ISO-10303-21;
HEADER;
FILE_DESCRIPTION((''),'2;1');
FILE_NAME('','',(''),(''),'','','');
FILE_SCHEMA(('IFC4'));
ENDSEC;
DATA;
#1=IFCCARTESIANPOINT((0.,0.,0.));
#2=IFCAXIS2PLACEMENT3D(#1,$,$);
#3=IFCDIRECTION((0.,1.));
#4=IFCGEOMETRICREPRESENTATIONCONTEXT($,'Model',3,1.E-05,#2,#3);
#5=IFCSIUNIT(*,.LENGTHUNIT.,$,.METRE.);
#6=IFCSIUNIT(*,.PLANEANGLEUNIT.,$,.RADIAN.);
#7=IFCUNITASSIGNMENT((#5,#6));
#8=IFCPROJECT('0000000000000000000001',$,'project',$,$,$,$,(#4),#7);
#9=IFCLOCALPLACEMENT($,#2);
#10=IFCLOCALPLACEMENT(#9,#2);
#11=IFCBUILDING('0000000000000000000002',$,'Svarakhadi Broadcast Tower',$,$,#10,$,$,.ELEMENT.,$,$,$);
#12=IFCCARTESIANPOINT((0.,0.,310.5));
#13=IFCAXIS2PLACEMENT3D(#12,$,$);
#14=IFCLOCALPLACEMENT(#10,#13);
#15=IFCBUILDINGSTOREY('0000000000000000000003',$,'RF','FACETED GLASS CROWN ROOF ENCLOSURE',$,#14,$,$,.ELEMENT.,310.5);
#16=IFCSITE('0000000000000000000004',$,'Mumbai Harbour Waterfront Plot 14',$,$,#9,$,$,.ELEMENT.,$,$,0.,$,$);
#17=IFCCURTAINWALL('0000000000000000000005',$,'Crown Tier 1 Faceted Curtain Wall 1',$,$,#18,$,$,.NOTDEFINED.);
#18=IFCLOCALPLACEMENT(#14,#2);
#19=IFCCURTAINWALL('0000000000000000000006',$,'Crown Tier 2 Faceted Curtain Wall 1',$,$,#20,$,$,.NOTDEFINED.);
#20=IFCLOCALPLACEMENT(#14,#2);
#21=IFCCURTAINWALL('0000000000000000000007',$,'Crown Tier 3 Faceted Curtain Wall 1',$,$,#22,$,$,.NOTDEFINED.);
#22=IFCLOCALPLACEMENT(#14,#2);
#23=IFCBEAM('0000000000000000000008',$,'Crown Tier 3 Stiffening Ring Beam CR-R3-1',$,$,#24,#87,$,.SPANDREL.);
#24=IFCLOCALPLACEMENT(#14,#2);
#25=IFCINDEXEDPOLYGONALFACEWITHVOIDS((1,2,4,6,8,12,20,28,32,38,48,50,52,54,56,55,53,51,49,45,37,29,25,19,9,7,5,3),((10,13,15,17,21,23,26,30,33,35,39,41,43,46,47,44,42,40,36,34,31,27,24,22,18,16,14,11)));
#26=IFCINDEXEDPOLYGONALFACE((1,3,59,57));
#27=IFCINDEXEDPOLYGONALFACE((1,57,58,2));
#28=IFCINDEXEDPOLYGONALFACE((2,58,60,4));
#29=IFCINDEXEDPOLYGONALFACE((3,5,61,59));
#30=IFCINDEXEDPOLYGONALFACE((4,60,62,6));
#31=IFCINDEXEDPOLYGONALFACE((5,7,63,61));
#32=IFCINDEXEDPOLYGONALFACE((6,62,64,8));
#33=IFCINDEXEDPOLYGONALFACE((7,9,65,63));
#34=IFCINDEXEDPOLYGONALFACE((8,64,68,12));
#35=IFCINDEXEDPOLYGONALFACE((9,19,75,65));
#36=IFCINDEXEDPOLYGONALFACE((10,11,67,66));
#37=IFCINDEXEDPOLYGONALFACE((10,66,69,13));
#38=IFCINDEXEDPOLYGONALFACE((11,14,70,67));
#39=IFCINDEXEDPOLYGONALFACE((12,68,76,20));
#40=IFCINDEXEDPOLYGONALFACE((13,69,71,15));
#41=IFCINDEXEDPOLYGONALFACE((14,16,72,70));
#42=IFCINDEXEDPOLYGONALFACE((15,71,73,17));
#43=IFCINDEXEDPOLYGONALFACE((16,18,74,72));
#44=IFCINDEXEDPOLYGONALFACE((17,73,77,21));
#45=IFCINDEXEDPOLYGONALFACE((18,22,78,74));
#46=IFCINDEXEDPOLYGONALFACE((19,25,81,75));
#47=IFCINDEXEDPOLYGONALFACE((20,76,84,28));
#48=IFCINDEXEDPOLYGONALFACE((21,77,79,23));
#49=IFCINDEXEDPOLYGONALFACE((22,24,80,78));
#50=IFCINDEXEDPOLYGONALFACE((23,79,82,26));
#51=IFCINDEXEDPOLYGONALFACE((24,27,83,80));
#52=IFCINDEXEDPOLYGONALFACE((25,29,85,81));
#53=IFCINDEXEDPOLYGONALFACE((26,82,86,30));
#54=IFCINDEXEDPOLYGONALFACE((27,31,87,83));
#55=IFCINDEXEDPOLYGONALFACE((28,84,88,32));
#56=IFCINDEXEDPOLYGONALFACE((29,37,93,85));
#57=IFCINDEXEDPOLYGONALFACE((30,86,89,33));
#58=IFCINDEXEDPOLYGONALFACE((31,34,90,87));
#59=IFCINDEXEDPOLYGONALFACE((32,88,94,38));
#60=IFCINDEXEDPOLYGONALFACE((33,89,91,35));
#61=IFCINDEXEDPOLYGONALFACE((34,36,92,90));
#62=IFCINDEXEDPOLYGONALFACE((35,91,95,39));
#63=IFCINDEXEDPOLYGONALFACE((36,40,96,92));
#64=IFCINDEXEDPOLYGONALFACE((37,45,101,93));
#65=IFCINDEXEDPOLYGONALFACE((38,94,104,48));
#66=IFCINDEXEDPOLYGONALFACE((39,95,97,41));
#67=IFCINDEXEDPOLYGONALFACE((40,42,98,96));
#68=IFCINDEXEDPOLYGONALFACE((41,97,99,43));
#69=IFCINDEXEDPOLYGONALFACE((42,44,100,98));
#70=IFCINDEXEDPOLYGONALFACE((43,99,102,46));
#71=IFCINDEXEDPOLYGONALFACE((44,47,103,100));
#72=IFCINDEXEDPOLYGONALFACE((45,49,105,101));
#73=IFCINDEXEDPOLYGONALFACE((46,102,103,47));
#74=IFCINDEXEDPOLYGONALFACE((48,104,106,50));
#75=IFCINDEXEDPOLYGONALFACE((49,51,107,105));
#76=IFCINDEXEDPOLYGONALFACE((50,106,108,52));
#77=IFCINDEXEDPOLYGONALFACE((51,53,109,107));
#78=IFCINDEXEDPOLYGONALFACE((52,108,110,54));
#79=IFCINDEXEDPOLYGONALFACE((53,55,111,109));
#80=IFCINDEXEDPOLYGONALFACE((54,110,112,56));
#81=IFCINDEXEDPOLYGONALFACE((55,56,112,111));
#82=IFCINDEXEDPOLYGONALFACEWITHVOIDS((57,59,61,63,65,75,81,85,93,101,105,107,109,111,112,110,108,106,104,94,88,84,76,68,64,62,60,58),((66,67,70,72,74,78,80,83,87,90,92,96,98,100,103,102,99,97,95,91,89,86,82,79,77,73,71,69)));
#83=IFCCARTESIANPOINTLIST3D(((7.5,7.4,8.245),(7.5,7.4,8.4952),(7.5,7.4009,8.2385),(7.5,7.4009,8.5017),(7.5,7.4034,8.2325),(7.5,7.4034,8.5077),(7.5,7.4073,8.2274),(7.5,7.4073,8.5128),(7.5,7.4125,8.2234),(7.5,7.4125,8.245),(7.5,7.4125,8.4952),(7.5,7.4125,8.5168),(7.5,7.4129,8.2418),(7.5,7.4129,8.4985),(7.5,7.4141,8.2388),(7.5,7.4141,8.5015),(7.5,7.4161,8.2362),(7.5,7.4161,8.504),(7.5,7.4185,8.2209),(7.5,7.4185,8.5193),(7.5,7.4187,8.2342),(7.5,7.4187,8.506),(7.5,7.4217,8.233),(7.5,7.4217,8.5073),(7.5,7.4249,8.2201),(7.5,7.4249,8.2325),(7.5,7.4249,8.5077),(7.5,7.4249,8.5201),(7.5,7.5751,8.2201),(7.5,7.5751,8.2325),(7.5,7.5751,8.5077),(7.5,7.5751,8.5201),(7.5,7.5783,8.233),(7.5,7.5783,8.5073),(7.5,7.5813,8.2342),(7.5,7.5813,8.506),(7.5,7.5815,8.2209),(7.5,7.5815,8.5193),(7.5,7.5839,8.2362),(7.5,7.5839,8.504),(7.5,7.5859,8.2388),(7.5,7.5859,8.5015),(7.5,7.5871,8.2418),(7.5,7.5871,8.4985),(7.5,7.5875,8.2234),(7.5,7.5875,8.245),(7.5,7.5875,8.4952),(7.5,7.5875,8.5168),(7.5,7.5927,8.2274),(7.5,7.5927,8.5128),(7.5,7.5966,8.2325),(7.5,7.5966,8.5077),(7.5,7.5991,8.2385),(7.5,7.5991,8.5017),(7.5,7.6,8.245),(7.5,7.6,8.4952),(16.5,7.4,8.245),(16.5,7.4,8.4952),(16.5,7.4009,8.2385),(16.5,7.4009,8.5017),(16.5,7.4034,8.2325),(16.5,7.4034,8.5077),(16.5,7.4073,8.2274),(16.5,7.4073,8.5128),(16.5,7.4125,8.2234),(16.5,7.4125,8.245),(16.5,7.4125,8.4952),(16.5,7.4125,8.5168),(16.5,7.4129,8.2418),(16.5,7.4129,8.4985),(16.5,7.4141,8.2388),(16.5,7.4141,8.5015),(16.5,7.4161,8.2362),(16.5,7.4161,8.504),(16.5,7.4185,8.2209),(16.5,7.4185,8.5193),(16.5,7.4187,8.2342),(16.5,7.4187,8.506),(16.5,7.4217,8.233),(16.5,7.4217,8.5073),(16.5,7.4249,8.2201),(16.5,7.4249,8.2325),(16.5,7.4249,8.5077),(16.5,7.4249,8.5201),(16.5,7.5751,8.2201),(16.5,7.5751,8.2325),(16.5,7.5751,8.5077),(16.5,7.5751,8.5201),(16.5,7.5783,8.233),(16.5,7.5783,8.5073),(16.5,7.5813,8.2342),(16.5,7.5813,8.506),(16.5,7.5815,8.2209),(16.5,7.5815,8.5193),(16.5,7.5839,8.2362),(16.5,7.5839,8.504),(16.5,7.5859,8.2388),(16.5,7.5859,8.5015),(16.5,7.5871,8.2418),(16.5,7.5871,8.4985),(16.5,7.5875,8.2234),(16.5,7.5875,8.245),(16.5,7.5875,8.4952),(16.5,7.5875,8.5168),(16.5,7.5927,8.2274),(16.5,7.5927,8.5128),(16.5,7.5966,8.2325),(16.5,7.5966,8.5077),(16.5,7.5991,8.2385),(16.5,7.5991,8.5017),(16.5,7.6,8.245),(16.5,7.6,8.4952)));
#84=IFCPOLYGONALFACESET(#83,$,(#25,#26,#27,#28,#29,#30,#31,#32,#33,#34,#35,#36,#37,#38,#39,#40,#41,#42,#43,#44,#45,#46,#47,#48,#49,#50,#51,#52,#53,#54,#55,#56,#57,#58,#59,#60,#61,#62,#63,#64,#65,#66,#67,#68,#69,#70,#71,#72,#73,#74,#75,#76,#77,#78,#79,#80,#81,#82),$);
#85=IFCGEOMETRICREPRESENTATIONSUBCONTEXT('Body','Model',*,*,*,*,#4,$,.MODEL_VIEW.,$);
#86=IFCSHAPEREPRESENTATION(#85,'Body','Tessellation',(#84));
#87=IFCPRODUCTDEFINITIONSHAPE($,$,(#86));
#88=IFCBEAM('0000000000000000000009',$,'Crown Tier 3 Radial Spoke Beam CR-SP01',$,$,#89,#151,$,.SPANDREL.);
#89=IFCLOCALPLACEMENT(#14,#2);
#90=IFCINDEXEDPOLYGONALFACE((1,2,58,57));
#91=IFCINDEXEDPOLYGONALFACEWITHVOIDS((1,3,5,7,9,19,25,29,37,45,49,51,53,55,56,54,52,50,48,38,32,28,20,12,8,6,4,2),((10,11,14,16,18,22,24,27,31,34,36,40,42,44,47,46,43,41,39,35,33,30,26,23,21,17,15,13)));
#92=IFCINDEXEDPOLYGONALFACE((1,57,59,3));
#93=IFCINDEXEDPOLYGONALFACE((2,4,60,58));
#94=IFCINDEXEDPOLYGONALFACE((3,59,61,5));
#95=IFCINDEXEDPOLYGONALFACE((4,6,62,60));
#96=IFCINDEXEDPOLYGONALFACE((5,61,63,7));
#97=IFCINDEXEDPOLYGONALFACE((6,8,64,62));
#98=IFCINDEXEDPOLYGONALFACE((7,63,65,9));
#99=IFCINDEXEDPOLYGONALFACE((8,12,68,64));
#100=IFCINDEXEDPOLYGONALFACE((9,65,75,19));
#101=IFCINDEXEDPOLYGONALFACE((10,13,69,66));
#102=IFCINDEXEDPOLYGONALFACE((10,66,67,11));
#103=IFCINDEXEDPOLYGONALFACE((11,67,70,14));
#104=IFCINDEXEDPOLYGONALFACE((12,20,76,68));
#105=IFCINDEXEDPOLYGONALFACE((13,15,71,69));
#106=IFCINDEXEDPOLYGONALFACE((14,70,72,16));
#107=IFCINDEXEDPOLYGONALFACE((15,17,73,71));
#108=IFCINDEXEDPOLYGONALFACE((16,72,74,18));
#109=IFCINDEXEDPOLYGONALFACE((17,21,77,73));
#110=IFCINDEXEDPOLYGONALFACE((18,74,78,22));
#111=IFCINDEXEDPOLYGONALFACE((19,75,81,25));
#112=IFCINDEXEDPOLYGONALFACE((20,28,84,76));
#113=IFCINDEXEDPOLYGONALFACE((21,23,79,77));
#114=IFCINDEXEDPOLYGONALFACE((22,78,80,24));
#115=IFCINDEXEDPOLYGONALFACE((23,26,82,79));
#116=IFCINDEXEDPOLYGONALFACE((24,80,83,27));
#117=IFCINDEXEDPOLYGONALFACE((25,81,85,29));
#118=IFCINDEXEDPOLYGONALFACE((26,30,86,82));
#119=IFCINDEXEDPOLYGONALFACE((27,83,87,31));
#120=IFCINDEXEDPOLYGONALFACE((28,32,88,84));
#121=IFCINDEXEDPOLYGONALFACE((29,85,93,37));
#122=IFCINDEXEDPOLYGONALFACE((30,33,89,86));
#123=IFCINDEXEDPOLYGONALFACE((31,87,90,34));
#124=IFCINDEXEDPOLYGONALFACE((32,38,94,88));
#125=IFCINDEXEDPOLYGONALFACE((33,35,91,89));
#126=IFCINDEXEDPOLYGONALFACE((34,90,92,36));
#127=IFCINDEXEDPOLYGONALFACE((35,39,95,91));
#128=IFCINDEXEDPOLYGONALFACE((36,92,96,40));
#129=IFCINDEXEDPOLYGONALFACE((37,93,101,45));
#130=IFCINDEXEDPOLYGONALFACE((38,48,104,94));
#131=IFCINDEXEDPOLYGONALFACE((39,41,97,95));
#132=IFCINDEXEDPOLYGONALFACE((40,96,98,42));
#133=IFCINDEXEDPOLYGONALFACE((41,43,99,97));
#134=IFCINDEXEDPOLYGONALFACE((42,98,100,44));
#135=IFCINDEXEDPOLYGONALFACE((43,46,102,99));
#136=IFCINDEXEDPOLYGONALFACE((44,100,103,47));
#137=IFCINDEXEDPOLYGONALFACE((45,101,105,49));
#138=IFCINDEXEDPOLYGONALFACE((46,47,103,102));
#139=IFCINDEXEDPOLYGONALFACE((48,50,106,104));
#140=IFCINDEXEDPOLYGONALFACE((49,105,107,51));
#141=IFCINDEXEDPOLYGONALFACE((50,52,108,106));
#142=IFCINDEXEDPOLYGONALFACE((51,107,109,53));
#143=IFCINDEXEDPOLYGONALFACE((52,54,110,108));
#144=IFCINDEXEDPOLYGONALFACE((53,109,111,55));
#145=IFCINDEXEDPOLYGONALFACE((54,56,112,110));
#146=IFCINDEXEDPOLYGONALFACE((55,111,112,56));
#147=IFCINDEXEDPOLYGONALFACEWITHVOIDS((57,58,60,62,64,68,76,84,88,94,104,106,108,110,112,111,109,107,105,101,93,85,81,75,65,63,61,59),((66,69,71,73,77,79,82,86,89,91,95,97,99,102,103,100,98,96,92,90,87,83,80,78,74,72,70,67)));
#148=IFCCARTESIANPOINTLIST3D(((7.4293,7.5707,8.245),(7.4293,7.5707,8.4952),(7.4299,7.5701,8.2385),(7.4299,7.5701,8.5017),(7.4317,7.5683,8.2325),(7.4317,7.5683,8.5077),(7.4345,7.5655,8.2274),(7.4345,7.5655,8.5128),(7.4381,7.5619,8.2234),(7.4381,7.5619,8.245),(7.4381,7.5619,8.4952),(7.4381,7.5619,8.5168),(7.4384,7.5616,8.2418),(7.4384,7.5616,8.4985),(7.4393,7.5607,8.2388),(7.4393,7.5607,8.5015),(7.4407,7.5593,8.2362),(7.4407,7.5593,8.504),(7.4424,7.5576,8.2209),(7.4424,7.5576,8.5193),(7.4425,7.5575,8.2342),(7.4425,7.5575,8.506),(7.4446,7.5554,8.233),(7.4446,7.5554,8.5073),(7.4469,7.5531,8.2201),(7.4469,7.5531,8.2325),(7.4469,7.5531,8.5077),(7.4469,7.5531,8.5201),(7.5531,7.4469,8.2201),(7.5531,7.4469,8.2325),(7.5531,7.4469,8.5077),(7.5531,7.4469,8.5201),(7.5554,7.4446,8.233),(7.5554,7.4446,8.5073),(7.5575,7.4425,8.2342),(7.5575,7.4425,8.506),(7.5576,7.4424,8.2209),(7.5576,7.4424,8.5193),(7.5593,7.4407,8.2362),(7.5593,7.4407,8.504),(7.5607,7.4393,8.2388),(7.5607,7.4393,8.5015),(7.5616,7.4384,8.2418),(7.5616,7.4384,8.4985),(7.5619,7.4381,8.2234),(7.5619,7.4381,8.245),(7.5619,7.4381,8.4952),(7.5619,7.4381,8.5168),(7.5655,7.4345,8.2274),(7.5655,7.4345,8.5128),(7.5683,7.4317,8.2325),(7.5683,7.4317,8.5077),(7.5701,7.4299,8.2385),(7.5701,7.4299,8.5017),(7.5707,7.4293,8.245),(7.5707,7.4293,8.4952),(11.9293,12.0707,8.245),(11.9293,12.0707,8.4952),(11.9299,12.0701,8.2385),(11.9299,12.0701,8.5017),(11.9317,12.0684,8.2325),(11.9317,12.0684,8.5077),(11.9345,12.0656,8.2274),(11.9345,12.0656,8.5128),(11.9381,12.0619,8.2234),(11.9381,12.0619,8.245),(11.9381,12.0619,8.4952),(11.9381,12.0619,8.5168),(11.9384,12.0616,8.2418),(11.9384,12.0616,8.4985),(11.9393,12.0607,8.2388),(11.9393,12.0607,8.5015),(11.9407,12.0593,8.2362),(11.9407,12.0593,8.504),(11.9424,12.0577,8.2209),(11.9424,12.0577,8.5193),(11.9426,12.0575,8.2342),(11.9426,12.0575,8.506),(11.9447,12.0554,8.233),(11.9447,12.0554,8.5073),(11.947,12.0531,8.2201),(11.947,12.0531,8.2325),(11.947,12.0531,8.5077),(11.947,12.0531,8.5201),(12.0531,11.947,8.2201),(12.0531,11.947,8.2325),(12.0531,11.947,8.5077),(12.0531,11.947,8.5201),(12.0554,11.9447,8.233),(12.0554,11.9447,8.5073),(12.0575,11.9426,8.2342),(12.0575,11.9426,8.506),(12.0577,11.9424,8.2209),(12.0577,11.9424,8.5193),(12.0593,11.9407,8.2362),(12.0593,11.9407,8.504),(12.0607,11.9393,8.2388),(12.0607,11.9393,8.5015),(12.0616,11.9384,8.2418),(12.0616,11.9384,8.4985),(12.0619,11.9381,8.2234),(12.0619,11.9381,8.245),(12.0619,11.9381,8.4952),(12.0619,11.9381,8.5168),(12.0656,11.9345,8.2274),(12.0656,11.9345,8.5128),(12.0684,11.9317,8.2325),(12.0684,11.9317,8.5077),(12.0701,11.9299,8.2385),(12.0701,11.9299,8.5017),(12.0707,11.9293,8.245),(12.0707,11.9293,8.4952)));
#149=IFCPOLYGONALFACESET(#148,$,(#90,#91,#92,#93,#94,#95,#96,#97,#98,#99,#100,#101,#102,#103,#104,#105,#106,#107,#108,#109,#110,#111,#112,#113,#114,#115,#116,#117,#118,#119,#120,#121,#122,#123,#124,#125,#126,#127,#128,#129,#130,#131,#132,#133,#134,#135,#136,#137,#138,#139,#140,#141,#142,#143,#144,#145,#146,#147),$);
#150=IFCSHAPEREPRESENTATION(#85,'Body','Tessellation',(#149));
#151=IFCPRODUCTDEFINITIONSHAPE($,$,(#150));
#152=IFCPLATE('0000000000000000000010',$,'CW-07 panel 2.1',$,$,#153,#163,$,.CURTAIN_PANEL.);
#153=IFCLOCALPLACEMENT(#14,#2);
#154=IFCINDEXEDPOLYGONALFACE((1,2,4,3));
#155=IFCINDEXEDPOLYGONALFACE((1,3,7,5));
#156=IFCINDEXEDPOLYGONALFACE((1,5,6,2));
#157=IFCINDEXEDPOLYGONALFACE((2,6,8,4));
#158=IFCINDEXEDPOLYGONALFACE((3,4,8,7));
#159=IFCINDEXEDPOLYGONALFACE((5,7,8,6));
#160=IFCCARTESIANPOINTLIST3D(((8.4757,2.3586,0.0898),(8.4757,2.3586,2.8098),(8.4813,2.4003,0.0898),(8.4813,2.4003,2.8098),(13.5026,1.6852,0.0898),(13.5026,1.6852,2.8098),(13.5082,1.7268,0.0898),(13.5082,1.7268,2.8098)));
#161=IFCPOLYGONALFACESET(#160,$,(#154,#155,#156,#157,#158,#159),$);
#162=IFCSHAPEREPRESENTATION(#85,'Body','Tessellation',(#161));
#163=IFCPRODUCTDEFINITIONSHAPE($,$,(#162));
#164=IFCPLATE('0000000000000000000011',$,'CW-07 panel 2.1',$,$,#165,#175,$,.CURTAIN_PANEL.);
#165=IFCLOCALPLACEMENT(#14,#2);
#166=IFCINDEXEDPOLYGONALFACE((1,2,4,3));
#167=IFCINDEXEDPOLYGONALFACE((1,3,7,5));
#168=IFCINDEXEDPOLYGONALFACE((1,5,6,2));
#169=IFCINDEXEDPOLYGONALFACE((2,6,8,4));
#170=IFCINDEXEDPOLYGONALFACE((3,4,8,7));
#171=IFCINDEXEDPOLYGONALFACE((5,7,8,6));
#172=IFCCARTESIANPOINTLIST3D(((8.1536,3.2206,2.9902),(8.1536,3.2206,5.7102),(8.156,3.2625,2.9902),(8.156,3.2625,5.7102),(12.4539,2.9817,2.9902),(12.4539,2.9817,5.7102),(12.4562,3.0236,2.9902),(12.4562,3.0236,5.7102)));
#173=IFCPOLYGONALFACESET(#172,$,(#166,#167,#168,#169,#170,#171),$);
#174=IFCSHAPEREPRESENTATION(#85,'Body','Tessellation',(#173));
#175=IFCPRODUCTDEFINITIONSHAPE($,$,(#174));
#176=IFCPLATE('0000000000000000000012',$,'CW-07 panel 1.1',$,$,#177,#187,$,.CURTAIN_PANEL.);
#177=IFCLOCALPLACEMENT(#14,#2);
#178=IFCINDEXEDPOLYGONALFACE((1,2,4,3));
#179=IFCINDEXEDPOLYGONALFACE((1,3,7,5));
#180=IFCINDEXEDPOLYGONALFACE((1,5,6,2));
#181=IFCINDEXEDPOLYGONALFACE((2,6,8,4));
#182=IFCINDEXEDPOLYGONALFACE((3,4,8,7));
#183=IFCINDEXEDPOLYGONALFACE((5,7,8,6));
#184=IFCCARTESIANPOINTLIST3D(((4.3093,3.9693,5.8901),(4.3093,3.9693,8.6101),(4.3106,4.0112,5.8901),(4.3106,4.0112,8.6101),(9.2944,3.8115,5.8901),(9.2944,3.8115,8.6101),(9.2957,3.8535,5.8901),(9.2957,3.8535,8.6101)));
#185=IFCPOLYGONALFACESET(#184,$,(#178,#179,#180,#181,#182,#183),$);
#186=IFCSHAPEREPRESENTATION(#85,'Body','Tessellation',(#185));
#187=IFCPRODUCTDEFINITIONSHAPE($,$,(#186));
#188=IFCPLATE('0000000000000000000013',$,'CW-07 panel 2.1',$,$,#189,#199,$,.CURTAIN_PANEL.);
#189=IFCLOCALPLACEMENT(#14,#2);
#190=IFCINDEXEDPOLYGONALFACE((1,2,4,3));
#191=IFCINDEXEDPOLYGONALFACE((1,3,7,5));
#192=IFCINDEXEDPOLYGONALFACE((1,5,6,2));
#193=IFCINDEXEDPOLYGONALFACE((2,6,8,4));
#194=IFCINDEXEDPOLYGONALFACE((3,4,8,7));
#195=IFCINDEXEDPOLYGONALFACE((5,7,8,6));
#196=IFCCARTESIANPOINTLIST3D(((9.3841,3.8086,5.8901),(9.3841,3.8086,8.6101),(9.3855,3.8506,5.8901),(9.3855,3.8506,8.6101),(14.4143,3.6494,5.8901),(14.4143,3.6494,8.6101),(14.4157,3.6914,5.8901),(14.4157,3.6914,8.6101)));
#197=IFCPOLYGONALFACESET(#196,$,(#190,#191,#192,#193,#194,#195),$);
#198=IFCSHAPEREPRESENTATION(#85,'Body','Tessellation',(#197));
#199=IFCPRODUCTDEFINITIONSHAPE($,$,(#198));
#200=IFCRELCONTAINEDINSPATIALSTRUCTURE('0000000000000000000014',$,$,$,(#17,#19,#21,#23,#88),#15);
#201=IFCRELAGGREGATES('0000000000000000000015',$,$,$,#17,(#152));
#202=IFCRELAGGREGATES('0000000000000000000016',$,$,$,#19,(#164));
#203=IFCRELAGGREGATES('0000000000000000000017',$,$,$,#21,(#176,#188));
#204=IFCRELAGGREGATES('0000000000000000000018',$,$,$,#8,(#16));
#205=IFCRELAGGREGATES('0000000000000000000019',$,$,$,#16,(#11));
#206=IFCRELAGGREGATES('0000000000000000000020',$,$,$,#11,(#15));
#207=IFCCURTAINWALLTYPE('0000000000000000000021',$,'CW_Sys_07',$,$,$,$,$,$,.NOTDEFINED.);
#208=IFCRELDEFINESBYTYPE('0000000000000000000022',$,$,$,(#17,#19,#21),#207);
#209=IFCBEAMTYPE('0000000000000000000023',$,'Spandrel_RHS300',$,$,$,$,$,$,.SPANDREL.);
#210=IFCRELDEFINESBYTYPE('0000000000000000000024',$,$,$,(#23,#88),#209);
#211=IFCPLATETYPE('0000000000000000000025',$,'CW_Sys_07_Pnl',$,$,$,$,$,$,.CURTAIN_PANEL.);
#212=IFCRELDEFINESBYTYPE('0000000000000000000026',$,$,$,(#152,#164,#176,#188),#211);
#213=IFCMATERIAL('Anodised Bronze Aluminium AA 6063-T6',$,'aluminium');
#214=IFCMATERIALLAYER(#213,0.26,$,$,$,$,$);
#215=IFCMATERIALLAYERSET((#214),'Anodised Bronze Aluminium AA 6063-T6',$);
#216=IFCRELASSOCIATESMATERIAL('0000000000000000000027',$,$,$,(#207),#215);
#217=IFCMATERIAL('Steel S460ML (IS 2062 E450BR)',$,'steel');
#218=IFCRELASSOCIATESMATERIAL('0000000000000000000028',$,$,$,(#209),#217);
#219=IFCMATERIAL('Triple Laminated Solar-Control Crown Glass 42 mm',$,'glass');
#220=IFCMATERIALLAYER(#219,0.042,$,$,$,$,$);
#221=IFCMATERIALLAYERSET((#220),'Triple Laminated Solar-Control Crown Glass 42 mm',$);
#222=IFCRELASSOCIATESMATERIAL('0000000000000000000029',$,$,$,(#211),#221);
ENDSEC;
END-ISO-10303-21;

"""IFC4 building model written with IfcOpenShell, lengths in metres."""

from ifc_helpers import new_model, si_unit, direction, frame, origin, origin_2d, place, context, subcontext, project, spatial, rectangle, hollow_rectangle, extrude, material, layer, layer_set, material_profile, profile_set, type_object, element, aggregate, save


model = new_model("IFC4")

# Units and contexts
model_context = context("Model", 3, precision=1e-05, world=origin(), true_north=direction((0.0, 1.0)))
body_context = subcontext(model_context, "Body", "Model", "MODEL_VIEW")
ifc_project = project(units=[si_unit("LENGTHUNIT", "METRE"), si_unit("PLANEANGLEUNIT", "RADIAN")], contexts=[model_context])

# Site, building, storey
site_placement = place(None, origin())
site = spatial("IfcSite", under=ifc_project, at=site_placement, Name="Mumbai Harbour Waterfront Plot 14", CompositionType="ELEMENT", RefElevation=0.0)
building_placement = place(site_placement, origin())
building = spatial("IfcBuilding", under=site, at=building_placement, Name="Svarakhadi Broadcast Tower", CompositionType="ELEMENT")
storey_placement = place(building_placement, frame((0.0, 0.0, 310.5)))
storey = spatial("IfcBuildingStorey", under=building, at=storey_placement, Name="RF", Description="FACETED GLASS CROWN ROOF ENCLOSURE", CompositionType="ELEMENT", Elevation=310.5)

# Curtain walls
ifc_material_1 = material(Name="Anodised Bronze Aluminium AA 6063-T6", Category="aluminium")
ifc_layer_1 = layer(ifc_material_1, 0.26)
ifc_layer_set_1 = layer_set([ifc_layer_1], Name="Anodised Bronze Aluminium AA 6063-T6")
curtain_wall_type = type_object("IfcCurtainWallType", Name="CW_Sys_07", PredefinedType="NOTDEFINED", material=ifc_layer_set_1)
curtain_wall_1_placement = place(storey_placement, origin())
curtain_wall_1 = element("IfcCurtainWall", 1, at=curtain_wall_1_placement, inside=storey, type_object=curtain_wall_type, Name="Crown Tier 1 Faceted Curtain Wall 1", PredefinedType="NOTDEFINED")
curtain_wall_2_placement = place(storey_placement, origin())
curtain_wall_2 = element("IfcCurtainWall", 2, at=curtain_wall_2_placement, inside=storey, type_object=curtain_wall_type, Name="Crown Tier 2 Faceted Curtain Wall 1", PredefinedType="NOTDEFINED")

# Curtain wall
curtain_wall_3_placement = place(storey_placement, origin())
curtain_wall_3 = element("IfcCurtainWall", 3, at=curtain_wall_3_placement, inside=storey, type_object=curtain_wall_type, Name="Crown Tier 3 Faceted Curtain Wall 1", PredefinedType="NOTDEFINED")

# Shared definitions
ifc_material_2 = material(Name="Steel S460ML (IS 2062 E450BR)", Category="steel")

# Beams
ifc_material_profile_1 = material_profile(ifc_material_2, hollow_rectangle(XDim=0.2, YDim=0.3, WallThickness=0.0125, InnerFilletRadius=0.0125, OuterFilletRadius=0.0249, at=origin_2d()), Name="RHS 300x200x12.5")
ifc_profile_set_1 = profile_set([ifc_material_profile_1], Name="Steel S460ML (IS 2062 E450BR)")
beam_type_1 = type_object("IfcBeamType", Name="Spandrel_RHS300", PredefinedType="SPANDREL", material=ifc_profile_set_1)
beam_1_placement = place(storey_placement, frame((7.5, 7.5, 8.3701), z_axis=(1.0, 0.0, 0.0), x_axis=(0.0, 1.0, 0.0)))
element("IfcBeam", 4, at=beam_1_placement, inside=storey, type_object=beam_type_1, Name="Crown Tier 3 Stiffening Ring Beam CR-R3-1", PredefinedType="SPANDREL", context=body_context, shape_type="SweptSolid", body=[
    extrude(hollow_rectangle(XDim=0.2, YDim=0.3, WallThickness=0.0125, InnerFilletRadius=0.0125, OuterFilletRadius=0.0249, at=origin_2d()), origin(), (0.0, 0.0, 1.0), 9.0),
])
beam_2_placement = place(storey_placement, frame((7.5, 7.5, 8.3701), z_axis=(0.707107, 0.707107, 0.0), x_axis=(-0.707107, 0.707107, 0.0)))
element("IfcBeam", 5, at=beam_2_placement, inside=storey, type_object=beam_type_1, Name="Crown Tier 3 Radial Spoke Beam CR-SP01", PredefinedType="SPANDREL", context=body_context, shape_type="SweptSolid", body=[
    extrude(hollow_rectangle(XDim=0.2, YDim=0.3, WallThickness=0.0125, InnerFilletRadius=0.0125, OuterFilletRadius=0.0249, at=origin_2d()), origin(), (0.0, 0.0, 1.0), 6.364),
])

# Plates
ifc_material_3 = material(Name="Triple Laminated Solar-Control Crown Glass 42 mm", Category="glass")
ifc_layer_2 = layer(ifc_material_3, 0.042)
ifc_layer_set_2 = layer_set([ifc_layer_2], Name="Triple Laminated Solar-Control Crown Glass 42 mm")
plate_type_1 = type_object("IfcPlateType", Name="CW_Sys_07_Pnl", PredefinedType="CURTAIN_PANEL", material=ifc_layer_set_2)
plate_1_placement = place(storey_placement, frame((10.9919, 2.0427, 0.0898), z_axis=(0.0, 0.0, 1.0), x_axis=(0.991145, -0.132787, 0.0)))
plate_1 = element("IfcPlate", 6, at=plate_1_placement, type_object=plate_type_1, Name="CW-07 panel 2.1", PredefinedType="CURTAIN_PANEL", context=body_context, shape_type="SweptSolid", body=[
    extrude(rectangle(XDim=5.0718, YDim=0.042, at=origin_2d()), origin(), (0.0, 0.0, 1.0), 2.72),
])
aggregate(curtain_wall_1, [plate_1])
plate_2_placement = place(storey_placement, frame((10.3049, 3.1221, 2.9902), z_axis=(0.0, 0.0, 1.0), x_axis=(0.99846, -0.055471, 0.0)))
plate_2 = element("IfcPlate", 7, at=plate_2_placement, type_object=plate_type_1, Name="CW-07 panel 2.1", PredefinedType="CURTAIN_PANEL", context=body_context, shape_type="SweptSolid", body=[
    extrude(rectangle(XDim=4.3069, YDim=0.042, at=origin_2d()), origin(), (0.0, 0.0, 1.0), 2.72),
])
aggregate(curtain_wall_2, [plate_2])
plate_3_placement = place(storey_placement, frame((6.8025, 3.9114, 5.8901), z_axis=(0.0, 0.0, 1.0), x_axis=(0.9995, -0.031624, 0.0)))
plate_3 = element("IfcPlate", 8, at=plate_3_placement, type_object=plate_type_1, Name="CW-07 panel 1.1", PredefinedType="CURTAIN_PANEL", context=body_context, shape_type="SweptSolid", body=[
    extrude(rectangle(XDim=4.9875, YDim=0.042, at=origin_2d()), origin(), (0.0, 0.0, 1.0), 2.72),
])
plate_4_placement = place(storey_placement, frame((11.8999, 3.75, 5.8901), z_axis=(0.0, 0.0, 1.0), x_axis=(0.9995, -0.031624, 0.0)))
plate_4 = element("IfcPlate", 9, at=plate_4_placement, type_object=plate_type_1, Name="CW-07 panel 2.1", PredefinedType="CURTAIN_PANEL", context=body_context, shape_type="SweptSolid", body=[
    extrude(rectangle(XDim=5.0327, YDim=0.042, at=origin_2d()), origin(), (0.0, 0.0, 1.0), 2.72),
])
aggregate(curtain_wall_3, [plate_3, plate_4])

save(model, "model.ifc")
